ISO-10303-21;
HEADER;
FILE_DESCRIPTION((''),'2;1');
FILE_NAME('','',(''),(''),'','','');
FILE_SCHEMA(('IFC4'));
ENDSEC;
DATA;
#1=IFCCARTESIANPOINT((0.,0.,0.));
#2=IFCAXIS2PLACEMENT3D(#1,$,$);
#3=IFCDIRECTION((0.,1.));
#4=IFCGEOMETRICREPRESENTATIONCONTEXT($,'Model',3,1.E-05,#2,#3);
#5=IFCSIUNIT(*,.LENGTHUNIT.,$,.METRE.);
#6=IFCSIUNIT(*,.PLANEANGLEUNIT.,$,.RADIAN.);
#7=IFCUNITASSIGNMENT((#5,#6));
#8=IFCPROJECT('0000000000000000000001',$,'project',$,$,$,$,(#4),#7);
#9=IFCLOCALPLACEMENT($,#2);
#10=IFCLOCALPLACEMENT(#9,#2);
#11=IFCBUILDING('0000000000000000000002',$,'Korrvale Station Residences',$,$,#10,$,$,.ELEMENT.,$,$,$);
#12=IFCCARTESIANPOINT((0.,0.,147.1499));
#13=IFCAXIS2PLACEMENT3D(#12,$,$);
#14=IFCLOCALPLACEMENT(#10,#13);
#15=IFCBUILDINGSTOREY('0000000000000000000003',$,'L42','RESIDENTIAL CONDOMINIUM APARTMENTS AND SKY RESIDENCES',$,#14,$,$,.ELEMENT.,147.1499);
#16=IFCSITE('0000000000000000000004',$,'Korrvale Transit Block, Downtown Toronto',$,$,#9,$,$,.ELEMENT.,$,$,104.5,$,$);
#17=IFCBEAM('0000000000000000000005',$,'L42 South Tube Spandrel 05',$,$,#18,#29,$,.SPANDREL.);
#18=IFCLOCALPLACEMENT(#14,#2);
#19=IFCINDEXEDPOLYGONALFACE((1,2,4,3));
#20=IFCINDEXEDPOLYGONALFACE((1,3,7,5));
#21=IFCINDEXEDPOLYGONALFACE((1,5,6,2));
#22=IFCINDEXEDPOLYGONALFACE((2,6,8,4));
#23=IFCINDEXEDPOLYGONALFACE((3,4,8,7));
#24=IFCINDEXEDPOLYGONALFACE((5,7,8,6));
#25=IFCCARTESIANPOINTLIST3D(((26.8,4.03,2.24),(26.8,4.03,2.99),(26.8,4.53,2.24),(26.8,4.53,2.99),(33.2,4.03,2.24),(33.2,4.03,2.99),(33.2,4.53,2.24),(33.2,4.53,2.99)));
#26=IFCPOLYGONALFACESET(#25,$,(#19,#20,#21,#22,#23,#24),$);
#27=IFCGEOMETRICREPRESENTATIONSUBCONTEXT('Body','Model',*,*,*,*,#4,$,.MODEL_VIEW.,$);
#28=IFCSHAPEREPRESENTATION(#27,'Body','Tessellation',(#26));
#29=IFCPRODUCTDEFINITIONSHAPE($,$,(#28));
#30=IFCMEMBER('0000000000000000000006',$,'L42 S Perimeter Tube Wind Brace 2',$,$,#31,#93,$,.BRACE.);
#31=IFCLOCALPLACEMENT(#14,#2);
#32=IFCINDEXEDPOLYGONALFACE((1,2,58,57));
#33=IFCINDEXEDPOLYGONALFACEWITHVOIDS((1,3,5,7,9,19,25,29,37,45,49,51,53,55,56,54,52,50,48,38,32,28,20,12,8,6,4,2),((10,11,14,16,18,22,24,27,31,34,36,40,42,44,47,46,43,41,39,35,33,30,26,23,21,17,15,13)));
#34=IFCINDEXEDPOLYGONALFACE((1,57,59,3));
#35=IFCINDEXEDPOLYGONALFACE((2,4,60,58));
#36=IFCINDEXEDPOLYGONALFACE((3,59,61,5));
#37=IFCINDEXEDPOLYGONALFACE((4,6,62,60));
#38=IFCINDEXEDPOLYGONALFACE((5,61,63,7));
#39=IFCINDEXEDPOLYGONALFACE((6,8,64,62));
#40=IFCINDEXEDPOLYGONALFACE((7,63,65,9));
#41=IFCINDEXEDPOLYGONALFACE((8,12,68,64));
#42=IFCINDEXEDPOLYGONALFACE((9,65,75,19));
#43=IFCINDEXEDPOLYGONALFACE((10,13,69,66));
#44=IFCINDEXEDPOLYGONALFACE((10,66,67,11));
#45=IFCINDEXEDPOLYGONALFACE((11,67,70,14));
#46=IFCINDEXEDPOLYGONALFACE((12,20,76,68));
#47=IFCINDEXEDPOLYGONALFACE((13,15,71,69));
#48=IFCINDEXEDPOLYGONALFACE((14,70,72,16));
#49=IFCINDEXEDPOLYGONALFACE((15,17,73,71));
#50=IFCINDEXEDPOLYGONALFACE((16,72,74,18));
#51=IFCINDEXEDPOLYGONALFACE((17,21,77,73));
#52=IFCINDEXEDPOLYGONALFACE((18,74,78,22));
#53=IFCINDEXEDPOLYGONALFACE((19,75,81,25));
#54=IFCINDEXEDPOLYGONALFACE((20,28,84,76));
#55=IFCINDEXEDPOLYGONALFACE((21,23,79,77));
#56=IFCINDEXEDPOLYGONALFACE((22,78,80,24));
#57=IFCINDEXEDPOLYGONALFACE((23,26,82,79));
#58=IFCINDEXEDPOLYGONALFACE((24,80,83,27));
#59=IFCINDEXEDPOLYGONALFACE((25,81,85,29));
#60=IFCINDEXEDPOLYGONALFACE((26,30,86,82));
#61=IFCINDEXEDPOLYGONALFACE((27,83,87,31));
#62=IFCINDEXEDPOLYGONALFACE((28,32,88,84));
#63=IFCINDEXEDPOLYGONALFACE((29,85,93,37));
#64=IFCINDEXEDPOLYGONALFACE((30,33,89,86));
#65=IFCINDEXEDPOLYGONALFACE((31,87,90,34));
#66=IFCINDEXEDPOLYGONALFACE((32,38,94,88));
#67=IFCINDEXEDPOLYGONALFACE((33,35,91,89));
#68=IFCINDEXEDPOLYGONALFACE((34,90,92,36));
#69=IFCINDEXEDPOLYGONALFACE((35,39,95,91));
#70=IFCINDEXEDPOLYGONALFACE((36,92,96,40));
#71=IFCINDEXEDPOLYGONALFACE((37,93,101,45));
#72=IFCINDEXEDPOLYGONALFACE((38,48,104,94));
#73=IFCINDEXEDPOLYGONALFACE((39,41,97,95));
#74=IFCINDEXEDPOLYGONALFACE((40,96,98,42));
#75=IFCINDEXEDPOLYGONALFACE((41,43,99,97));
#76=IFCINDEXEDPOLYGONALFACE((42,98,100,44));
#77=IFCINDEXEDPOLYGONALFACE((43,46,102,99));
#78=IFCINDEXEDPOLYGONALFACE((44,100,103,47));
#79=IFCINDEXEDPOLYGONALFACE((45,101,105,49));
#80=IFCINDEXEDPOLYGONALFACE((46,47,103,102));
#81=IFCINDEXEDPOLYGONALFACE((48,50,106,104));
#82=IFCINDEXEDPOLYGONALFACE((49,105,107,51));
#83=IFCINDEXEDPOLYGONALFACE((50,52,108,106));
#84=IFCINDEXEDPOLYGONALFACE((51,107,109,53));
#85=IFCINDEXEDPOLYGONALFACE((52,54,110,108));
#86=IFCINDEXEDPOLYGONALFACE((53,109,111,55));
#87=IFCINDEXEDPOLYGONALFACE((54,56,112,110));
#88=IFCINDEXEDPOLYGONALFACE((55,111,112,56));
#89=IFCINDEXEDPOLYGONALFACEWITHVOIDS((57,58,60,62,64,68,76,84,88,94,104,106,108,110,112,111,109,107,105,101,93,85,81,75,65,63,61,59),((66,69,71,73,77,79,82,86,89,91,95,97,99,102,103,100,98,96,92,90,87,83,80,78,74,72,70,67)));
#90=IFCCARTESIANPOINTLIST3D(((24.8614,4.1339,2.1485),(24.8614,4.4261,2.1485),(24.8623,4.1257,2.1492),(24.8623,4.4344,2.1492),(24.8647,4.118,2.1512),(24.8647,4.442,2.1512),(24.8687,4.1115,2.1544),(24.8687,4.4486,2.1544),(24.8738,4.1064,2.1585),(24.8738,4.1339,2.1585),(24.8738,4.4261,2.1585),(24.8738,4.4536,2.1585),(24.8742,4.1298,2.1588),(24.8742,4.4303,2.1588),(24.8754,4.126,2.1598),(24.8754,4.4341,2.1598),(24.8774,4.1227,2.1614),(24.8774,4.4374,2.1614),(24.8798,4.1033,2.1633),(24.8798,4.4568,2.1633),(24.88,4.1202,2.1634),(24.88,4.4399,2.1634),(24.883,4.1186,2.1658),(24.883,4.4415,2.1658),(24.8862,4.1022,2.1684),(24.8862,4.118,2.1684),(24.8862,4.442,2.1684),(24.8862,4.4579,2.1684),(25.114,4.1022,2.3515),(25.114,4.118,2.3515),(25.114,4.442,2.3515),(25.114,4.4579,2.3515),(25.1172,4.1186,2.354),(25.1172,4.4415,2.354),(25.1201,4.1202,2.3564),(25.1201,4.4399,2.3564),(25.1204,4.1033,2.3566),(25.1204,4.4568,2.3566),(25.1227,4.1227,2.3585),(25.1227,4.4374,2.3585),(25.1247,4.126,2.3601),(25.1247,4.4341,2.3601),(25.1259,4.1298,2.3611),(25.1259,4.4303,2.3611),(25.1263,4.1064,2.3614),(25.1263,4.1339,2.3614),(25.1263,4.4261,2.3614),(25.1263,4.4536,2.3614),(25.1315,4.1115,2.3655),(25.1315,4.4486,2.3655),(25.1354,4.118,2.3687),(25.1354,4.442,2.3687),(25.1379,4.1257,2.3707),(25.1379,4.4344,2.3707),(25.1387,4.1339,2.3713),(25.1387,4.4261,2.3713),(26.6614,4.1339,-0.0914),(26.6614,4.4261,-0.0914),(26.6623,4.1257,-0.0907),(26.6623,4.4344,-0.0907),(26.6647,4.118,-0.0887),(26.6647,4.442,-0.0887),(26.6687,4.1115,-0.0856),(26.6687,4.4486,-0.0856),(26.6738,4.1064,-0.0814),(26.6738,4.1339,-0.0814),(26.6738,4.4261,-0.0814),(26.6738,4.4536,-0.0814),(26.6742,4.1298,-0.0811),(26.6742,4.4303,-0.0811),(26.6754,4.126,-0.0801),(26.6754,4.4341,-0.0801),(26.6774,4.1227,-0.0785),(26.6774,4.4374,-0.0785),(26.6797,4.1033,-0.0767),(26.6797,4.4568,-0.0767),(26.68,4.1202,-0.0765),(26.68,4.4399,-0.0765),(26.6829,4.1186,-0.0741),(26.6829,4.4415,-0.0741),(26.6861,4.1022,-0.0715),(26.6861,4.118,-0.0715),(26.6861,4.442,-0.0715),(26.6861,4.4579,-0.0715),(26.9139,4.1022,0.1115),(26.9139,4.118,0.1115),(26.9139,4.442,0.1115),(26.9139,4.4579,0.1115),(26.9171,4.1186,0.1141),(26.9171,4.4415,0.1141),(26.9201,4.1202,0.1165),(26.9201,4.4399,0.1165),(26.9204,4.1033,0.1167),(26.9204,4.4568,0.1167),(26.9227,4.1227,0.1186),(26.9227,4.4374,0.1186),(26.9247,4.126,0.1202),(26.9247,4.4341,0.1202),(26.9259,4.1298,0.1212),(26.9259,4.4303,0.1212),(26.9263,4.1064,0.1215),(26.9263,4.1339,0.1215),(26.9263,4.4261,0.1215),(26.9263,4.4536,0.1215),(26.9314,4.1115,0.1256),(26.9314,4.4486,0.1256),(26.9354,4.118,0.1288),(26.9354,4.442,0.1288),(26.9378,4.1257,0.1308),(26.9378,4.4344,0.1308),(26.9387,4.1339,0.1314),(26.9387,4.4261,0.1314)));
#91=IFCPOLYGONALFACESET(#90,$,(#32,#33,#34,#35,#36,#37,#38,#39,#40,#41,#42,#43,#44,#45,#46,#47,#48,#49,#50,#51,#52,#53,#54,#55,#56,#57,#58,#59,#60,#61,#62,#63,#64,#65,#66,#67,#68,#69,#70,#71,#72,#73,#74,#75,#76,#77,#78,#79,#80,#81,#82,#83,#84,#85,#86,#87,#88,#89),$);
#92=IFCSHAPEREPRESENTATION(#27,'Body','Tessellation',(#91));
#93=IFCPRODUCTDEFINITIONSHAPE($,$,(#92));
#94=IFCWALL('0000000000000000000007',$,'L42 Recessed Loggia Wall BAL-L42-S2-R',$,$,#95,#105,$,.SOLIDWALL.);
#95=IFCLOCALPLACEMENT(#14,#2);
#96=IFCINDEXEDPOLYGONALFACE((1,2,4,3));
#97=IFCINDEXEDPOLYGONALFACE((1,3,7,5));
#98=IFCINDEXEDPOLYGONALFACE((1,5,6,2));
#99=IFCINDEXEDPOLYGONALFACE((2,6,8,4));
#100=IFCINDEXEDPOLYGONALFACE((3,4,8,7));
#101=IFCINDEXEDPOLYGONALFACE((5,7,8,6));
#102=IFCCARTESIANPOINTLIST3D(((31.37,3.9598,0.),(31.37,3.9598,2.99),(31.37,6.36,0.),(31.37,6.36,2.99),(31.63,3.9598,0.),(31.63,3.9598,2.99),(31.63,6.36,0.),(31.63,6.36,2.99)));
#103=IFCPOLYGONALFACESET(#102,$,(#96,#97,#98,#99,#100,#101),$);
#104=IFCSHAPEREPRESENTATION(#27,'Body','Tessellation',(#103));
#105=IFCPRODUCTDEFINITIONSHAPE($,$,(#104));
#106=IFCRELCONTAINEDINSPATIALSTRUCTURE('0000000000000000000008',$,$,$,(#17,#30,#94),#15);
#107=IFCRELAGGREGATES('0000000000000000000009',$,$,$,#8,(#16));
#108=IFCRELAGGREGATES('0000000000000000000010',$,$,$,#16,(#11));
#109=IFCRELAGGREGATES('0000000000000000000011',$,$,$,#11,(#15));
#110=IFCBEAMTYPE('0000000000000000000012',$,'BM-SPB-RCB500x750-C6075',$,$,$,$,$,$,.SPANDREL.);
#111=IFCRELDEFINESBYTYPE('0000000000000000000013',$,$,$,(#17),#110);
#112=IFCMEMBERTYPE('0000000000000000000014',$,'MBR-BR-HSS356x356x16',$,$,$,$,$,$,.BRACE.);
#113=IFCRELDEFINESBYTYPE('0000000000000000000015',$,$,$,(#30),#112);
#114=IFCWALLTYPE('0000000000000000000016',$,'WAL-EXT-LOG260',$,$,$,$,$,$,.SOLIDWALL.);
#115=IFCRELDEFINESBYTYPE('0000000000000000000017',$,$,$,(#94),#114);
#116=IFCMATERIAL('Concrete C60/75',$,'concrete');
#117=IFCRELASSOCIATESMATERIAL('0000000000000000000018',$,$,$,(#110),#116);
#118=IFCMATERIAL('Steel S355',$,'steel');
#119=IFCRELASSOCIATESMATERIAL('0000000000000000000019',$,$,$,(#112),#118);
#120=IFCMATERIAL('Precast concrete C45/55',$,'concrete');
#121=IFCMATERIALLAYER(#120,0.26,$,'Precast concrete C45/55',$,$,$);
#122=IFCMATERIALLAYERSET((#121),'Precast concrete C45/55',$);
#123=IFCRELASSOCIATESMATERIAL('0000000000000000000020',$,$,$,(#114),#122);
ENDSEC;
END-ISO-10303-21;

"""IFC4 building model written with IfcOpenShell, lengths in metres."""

from ifc_helpers import new_model, si_unit, direction, frame, frame_2d, origin, origin_2d, place, context, subcontext, project, spatial, rectangle, hollow_rectangle, extrude, material, layer, layer_set, material_profile, profile_set, type_object, element, save


model = new_model("IFC4")

# Units and contexts
model_context = context("Model", 3, precision=1e-05, world=origin(), true_north=direction((0.0, 1.0)))
body_context = subcontext(model_context, "Body", "Model", "MODEL_VIEW")
ifc_project = project(units=[si_unit("LENGTHUNIT", "METRE"), si_unit("PLANEANGLEUNIT", "RADIAN")], contexts=[model_context])

# Site, building, storey
site_placement = place(None, origin())
site = spatial("IfcSite", under=ifc_project, at=site_placement, Name="Korrvale Transit Block, Downtown Toronto", CompositionType="ELEMENT", RefElevation=104.5)
building_placement = place(site_placement, origin())
building = spatial("IfcBuilding", under=site, at=building_placement, Name="Korrvale Station Residences", CompositionType="ELEMENT")
storey_placement = place(building_placement, frame((0.0, 0.0, 147.1499)))
storey = spatial("IfcBuildingStorey", under=building, at=storey_placement, Name="L42", Description="RESIDENTIAL CONDOMINIUM APARTMENTS AND SKY RESIDENCES", CompositionType="ELEMENT", Elevation=147.1499)

# Beam
ifc_material_1 = material(Name="Concrete C60/75", Category="concrete")
ifc_material_profile_1 = material_profile(ifc_material_1, rectangle(XDim=0.5, YDim=0.75, at=origin_2d()), Name="RCB500x750")
ifc_profile_set_1 = profile_set([ifc_material_profile_1], Name="Concrete C60/75")
beam_type = type_object("IfcBeamType", Name="BM-SPB-RCB500x750-C6075", PredefinedType="SPANDREL", material=ifc_profile_set_1)
beam_placement = place(storey_placement, frame((26.8, 4.28, 2.615), z_axis=(1.0, 0.0, 0.0), x_axis=(0.0, 1.0, 0.0)))
element("IfcBeam", 1, at=beam_placement, inside=storey, type_object=beam_type, Name="L42 South Tube Spandrel 05", PredefinedType="SPANDREL", context=body_context, shape_type="SweptSolid", body=[
    extrude(rectangle(XDim=0.5, YDim=0.75, at=origin_2d()), origin(), (0.0, 0.0, 1.0), 6.3999),
])

# Member
ifc_material_2 = material(Name="Steel S355", Category="steel")
ifc_material_profile_2 = material_profile(ifc_material_2, hollow_rectangle(XDim=0.3557, YDim=0.3557, WallThickness=0.0159, InnerFilletRadius=0.0159, OuterFilletRadius=0.0317, at=origin_2d()), Name="HSS356x356x16")
ifc_profile_set_2 = profile_set([ifc_material_profile_2], Name="Steel S355")
member_type = type_object("IfcMemberType", Name="MBR-BR-HSS356x356x16", PredefinedType="BRACE", material=ifc_profile_set_2)
member_placement = place(storey_placement, frame((26.8, 4.28, 0.02), z_axis=(-0.626403, 0.0, 0.779499), x_axis=(0.0, -1.0, 0.0)))
element("IfcMember", 2, at=member_placement, inside=storey, type_object=member_type, Name="L42 S Perimeter Tube Wind Brace 2", PredefinedType="BRACE", context=body_context, shape_type="SweptSolid", body=[
    extrude(hollow_rectangle(XDim=0.3557, YDim=0.3557, WallThickness=0.0159, InnerFilletRadius=0.0159, OuterFilletRadius=0.0317, at=origin_2d()), origin(), (0.0, 0.0, 1.0), 2.8735),
])

# Wall
ifc_material_3 = material(Name="Precast concrete C45/55", Category="concrete")
ifc_layer_1 = layer(ifc_material_3, 0.26, Name="Precast concrete C45/55")
ifc_layer_set_1 = layer_set([ifc_layer_1], Name="Precast concrete C45/55")
wall_type_1 = type_object("IfcWallType", Name="WAL-EXT-LOG260", PredefinedType="SOLIDWALL", material=ifc_layer_set_1)
wall_1_placement = place(storey_placement, frame((31.5, 6.3601, 0.0), z_axis=(0.0, 0.0, 1.0), x_axis=(0.0, -1.0, 0.0)))
element("IfcWall", 3, at=wall_1_placement, inside=storey, type_object=wall_type_1, Name="L42 Recessed Loggia Wall BAL-L42-S2-R", PredefinedType="SOLIDWALL", context=body_context, shape_type="SweptSolid", body=[
    extrude(rectangle(XDim=2.4001, YDim=0.26, at=frame_2d((1.2002, 0.0))), origin(), (0.0, 0.0, 1.0), 2.99),
])

save(model, "model.ifc")
